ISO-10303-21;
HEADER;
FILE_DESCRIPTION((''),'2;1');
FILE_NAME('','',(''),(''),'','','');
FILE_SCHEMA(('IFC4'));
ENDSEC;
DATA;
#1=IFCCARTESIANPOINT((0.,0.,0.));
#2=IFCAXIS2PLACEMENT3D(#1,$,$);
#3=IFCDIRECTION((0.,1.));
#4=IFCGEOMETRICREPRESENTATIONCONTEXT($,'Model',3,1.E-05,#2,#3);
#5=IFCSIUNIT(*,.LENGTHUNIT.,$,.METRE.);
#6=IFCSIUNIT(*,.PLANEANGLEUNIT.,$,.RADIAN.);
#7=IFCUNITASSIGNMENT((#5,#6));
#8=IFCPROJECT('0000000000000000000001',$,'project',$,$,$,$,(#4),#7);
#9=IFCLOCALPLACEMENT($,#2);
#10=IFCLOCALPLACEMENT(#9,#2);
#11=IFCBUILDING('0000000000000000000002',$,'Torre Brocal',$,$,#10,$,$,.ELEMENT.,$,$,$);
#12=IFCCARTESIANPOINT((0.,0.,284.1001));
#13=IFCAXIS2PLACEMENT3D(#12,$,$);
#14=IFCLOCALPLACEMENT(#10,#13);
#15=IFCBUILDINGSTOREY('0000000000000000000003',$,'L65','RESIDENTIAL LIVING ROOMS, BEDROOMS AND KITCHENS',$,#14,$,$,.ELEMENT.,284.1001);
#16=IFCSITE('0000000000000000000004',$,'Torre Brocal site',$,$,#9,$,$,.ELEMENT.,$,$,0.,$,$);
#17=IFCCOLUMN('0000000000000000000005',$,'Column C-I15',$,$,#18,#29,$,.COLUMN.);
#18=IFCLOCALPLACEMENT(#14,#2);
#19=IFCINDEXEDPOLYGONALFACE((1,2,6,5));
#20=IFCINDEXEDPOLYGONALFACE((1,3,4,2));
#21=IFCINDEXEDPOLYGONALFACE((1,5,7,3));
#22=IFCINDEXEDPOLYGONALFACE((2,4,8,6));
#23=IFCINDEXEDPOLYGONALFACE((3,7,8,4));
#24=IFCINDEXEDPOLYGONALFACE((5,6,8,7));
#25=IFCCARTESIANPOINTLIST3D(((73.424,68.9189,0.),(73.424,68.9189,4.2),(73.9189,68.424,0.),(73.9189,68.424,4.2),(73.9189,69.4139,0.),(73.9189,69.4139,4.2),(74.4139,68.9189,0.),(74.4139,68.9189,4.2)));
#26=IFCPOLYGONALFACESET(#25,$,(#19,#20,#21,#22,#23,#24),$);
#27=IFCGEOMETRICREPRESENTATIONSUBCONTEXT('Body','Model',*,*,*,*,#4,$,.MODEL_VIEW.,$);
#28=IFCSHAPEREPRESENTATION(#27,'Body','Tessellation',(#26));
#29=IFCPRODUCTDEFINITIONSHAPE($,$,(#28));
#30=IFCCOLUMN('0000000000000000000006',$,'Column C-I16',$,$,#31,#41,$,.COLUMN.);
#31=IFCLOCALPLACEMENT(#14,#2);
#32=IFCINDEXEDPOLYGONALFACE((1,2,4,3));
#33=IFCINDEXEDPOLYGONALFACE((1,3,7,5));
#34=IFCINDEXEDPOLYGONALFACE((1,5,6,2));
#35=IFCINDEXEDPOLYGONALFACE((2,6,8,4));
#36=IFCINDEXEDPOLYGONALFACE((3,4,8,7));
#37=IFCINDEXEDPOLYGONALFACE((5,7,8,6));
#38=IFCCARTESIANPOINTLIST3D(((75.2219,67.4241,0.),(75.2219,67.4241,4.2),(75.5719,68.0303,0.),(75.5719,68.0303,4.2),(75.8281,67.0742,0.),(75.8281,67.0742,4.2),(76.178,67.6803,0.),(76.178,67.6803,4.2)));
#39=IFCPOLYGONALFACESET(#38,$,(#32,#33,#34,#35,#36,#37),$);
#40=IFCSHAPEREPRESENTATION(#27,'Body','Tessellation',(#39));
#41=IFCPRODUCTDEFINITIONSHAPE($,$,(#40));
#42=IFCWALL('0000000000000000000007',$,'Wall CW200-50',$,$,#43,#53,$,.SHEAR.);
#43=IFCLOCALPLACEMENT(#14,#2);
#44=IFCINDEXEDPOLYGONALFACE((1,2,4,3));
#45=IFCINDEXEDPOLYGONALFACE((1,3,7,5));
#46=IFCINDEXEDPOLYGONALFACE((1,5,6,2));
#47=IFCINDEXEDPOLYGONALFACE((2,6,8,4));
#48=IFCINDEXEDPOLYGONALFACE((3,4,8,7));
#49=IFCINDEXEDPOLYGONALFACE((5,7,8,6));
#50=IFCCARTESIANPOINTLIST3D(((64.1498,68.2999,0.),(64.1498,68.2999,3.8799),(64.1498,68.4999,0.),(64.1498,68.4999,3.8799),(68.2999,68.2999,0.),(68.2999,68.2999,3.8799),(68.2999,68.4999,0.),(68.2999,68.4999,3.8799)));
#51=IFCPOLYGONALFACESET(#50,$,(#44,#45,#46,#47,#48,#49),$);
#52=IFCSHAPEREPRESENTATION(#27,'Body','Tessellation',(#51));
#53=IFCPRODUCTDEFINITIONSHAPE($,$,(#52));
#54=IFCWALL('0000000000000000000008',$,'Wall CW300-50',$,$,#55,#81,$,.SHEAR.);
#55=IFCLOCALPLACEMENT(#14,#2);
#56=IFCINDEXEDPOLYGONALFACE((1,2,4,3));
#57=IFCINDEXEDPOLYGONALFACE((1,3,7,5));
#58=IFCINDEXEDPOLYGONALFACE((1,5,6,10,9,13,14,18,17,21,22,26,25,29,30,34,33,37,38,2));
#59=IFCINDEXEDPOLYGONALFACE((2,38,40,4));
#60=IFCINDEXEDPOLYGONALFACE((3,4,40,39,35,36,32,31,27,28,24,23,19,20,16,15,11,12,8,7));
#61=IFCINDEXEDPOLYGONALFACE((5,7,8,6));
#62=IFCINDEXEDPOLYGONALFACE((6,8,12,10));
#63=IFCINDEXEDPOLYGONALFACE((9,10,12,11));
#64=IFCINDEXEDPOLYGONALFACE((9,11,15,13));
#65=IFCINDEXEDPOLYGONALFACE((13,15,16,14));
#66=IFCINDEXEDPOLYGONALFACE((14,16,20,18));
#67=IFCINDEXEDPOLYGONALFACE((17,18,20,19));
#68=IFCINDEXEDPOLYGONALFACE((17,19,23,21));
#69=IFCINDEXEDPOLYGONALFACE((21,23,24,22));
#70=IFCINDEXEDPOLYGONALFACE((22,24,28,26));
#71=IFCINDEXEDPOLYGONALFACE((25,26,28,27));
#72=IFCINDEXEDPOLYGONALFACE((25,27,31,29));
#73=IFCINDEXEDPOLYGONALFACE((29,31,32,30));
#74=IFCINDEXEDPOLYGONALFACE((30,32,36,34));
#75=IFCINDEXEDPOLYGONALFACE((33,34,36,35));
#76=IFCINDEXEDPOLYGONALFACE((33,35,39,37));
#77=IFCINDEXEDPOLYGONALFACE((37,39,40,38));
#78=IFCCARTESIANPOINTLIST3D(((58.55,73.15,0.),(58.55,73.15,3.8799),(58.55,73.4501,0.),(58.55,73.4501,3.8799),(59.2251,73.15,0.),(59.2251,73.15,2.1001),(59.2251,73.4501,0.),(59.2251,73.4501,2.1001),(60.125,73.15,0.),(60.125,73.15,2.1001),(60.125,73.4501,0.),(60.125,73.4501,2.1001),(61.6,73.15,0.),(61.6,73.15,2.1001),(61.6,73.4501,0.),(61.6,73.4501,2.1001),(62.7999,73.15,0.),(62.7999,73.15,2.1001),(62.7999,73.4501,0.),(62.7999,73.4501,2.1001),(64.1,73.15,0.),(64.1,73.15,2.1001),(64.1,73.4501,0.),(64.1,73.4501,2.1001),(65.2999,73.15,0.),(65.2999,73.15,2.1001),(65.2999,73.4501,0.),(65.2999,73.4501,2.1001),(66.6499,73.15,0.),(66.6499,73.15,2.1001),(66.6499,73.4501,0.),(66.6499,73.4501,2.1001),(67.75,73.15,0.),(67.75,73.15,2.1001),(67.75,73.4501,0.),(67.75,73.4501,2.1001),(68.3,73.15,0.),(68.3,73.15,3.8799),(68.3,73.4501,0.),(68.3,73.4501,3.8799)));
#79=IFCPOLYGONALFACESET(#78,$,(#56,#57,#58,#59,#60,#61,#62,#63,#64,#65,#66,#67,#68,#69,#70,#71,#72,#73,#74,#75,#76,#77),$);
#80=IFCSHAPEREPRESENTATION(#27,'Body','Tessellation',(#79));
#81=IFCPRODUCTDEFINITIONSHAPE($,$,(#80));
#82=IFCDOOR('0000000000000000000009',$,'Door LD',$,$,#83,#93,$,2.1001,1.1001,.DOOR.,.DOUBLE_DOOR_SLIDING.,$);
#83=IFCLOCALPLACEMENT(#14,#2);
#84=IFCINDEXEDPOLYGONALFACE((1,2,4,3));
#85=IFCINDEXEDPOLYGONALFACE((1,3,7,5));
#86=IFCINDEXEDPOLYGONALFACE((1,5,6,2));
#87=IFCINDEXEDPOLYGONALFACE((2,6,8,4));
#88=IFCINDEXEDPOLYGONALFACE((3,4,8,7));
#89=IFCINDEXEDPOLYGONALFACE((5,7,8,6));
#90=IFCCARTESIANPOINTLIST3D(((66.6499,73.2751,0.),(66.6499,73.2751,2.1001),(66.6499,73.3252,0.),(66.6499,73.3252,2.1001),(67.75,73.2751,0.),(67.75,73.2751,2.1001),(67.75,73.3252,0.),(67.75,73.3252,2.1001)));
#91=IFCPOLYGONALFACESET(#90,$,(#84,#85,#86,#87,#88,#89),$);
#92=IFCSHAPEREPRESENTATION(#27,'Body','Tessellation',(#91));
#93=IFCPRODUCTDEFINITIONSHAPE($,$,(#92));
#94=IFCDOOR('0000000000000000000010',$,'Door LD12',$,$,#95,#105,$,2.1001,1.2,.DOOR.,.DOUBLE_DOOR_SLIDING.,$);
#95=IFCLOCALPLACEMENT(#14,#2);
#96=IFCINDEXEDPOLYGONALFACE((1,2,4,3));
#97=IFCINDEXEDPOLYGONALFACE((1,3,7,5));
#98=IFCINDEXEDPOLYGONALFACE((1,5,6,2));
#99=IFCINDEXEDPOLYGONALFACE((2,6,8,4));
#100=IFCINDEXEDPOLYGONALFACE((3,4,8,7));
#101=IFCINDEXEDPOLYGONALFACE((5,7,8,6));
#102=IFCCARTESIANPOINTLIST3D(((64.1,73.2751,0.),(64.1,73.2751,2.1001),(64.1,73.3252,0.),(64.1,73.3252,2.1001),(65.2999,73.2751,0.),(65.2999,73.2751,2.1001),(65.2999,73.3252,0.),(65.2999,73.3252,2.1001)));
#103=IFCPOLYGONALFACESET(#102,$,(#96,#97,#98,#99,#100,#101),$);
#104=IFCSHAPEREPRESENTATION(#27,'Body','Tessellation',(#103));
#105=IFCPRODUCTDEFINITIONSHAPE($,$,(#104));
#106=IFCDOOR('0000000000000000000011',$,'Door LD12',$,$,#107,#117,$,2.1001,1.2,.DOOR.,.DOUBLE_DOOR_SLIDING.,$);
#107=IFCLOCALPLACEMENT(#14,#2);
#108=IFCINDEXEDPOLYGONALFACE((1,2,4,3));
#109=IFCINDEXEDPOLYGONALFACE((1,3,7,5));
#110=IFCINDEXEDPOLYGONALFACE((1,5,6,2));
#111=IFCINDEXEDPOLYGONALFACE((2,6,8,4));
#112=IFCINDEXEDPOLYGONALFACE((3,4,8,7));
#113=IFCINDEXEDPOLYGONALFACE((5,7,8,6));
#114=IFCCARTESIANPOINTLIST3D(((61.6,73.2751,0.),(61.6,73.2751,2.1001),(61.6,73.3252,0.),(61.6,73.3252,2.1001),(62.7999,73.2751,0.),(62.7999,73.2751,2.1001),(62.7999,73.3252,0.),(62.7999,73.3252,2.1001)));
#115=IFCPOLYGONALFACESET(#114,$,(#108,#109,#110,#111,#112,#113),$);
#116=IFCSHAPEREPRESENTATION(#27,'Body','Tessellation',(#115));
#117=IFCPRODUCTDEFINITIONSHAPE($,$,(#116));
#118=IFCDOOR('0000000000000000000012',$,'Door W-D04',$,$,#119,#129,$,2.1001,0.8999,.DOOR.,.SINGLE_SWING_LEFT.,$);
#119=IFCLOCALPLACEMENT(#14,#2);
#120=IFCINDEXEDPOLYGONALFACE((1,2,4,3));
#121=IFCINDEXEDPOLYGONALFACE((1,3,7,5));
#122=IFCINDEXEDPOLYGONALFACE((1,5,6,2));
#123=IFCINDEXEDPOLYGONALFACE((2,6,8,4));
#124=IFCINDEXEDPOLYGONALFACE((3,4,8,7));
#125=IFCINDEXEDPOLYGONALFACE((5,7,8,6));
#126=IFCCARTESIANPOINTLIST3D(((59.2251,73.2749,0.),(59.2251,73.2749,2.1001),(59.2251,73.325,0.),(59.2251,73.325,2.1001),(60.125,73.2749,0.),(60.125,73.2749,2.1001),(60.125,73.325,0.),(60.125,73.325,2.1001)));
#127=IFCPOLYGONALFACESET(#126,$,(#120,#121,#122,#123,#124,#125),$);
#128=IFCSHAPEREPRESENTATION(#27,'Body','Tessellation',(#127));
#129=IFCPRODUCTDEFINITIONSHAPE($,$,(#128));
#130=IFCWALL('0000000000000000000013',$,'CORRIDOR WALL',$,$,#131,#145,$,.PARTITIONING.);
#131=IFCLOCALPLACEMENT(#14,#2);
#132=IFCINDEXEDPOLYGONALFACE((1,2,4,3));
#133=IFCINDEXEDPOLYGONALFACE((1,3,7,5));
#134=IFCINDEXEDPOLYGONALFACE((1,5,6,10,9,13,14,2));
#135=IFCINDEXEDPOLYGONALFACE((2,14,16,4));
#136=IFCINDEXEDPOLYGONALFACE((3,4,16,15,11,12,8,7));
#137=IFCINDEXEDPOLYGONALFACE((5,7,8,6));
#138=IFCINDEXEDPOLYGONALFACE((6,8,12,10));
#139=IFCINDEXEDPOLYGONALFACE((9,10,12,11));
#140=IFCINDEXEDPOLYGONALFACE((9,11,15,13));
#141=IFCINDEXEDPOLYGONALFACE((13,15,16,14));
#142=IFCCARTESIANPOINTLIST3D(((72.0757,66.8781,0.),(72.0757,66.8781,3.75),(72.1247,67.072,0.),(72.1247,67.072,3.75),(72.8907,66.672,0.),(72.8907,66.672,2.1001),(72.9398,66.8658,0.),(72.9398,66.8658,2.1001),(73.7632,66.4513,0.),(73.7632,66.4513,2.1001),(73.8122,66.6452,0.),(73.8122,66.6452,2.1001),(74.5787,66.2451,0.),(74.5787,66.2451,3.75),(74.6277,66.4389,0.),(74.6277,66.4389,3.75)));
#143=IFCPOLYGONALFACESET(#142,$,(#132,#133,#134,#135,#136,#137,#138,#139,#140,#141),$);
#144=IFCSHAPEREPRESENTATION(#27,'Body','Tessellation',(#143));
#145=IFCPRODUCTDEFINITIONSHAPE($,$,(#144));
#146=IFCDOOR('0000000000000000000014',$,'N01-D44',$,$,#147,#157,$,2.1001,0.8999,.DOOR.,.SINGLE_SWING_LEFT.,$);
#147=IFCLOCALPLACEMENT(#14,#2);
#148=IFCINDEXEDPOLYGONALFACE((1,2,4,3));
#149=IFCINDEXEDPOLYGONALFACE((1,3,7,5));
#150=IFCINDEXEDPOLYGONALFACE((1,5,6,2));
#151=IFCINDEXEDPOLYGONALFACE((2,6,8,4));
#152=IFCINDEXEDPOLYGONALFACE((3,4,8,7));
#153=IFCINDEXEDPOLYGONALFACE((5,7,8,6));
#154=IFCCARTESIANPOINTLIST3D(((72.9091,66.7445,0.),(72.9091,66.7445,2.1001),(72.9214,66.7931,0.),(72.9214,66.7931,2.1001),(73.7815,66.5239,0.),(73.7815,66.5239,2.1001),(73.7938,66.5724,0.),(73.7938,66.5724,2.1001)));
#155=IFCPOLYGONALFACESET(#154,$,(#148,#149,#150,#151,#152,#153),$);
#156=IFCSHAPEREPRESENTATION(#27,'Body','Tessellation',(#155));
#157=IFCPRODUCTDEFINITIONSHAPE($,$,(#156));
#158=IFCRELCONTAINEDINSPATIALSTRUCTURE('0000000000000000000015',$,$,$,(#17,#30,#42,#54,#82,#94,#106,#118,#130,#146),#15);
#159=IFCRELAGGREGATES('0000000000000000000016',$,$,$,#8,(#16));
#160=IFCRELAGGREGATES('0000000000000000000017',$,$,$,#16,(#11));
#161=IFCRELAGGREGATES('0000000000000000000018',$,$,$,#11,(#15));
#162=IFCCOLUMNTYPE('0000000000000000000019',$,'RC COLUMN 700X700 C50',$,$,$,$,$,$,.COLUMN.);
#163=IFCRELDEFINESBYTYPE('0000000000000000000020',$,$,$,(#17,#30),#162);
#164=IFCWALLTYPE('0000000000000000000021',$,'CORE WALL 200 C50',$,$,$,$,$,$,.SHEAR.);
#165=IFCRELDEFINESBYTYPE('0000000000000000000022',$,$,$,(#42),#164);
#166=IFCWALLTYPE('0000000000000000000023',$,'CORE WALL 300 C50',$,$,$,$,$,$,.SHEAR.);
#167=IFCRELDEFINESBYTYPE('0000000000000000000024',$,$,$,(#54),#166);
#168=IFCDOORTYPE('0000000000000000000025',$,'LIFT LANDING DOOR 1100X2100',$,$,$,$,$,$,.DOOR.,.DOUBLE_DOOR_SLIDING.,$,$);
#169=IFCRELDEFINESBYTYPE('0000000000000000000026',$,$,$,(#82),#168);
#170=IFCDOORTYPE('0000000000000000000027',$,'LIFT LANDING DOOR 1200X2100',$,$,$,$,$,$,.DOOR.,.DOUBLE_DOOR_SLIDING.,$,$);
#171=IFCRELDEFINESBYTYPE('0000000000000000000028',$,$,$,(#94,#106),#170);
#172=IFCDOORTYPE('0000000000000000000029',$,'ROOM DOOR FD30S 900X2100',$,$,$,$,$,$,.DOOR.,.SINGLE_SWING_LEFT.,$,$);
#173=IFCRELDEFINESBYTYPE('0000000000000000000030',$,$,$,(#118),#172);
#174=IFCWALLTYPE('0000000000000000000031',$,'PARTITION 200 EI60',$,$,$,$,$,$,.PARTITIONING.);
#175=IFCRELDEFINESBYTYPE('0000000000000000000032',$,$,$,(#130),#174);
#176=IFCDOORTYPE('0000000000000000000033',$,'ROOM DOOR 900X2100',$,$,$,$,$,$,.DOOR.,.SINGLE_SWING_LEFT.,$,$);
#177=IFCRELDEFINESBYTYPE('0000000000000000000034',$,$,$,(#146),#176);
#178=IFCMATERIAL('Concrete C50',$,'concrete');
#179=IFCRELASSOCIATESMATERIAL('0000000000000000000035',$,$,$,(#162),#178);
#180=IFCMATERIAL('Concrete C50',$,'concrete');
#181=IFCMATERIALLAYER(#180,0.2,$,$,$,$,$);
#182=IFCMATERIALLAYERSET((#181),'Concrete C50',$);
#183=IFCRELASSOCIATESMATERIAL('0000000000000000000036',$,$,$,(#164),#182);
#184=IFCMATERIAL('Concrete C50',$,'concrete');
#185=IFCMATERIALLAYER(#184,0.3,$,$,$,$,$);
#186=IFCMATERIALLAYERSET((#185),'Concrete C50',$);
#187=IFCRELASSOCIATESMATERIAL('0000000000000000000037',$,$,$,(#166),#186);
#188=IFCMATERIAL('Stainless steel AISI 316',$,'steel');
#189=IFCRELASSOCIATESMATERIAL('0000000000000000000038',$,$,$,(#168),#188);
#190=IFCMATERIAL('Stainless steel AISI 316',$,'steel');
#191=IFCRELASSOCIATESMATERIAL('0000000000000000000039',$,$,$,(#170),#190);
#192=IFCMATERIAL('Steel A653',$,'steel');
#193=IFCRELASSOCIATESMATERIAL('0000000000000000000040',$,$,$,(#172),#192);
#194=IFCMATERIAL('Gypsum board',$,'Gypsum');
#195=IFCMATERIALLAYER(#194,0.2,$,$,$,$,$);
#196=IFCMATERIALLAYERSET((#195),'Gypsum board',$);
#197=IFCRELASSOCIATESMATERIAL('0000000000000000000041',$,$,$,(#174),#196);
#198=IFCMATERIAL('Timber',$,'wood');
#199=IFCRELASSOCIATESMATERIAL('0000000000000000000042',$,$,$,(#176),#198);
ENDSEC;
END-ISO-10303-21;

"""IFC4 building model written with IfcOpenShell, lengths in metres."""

from ifc_helpers import new_model, si_unit, direction, frame, frame_2d, origin, origin_2d, place, context, subcontext, project, spatial, rectangle, extrude, material, layer, layer_set, material_profile, profile_set, type_object, element, fill, save


model = new_model("IFC4")

# Units and contexts
model_context = context("Model", 3, precision=1e-05, world=origin(), true_north=direction((0.0, 1.0)))
body_context = subcontext(model_context, "Body", "Model", "MODEL_VIEW")
ifc_project = project(units=[si_unit("LENGTHUNIT", "METRE"), si_unit("PLANEANGLEUNIT", "RADIAN")], contexts=[model_context])

# Site, building, storey
site_placement = place(None, origin())
site = spatial("IfcSite", under=ifc_project, at=site_placement, Name="Torre Brocal site", CompositionType="ELEMENT", RefElevation=0.0)
building_placement = place(site_placement, origin())
building = spatial("IfcBuilding", under=site, at=building_placement, Name="Torre Brocal", CompositionType="ELEMENT")
storey_placement = place(building_placement, frame((0.0, 0.0, 284.1001)))
storey = spatial("IfcBuildingStorey", under=building, at=storey_placement, Name="L65", Description="RESIDENTIAL LIVING ROOMS, BEDROOMS AND KITCHENS", CompositionType="ELEMENT", Elevation=284.1001)

# Columns
ifc_material_1 = material(Name="Concrete C50", Category="concrete")
ifc_material_profile = material_profile(ifc_material_1, rectangle(XDim=0.7, YDim=0.7, at=origin_2d()), Name="RC 700X700")
ifc_profile_set = profile_set([ifc_material_profile], Name="Concrete C50")
column_type = type_object("IfcColumnType", Name="RC COLUMN 700X700 C50", PredefinedType="COLUMN", material=ifc_profile_set)
for number, where, z_axis, x_axis, name in (
    (1, (73.9189, 68.9189, 0.0), (0.0, 0.0, 1.0), (-0.707107, -0.707107, 0.0), "Column C-I15"),
    (2, (75.7, 67.5522, 0.0), (0.0, 0.0, 1.0), (-0.5, -0.866025, 0.0), "Column C-I16"),
):
    element("IfcColumn", number, at=place(storey_placement, frame(where, z_axis=z_axis, x_axis=x_axis)), inside=storey, type_object=column_type, Name=name, PredefinedType="COLUMN", context=body_context, shape_type="SweptSolid", body=[
        extrude(rectangle(XDim=0.7, YDim=0.7, at=origin_2d()), origin(), (0.0, 0.0, 1.0), 4.2),
    ])

# Wall
ifc_material_2 = material(Name="Concrete C50", Category="concrete")
ifc_layer_1 = layer(ifc_material_2, 0.2)
ifc_layer_set_1 = layer_set([ifc_layer_1], Name="Concrete C50")
wall_type_1 = type_object("IfcWallType", Name="CORE WALL 200 C50", PredefinedType="SHEAR", material=ifc_layer_set_1)
wall_1_placement = place(storey_placement, frame((68.3, 68.3999, 0.0), z_axis=(0.0, 0.0, 1.0), x_axis=(-1.0, 0.0, 0.0)))
element("IfcWall", 3, at=wall_1_placement, inside=storey, type_object=wall_type_1, Name="Wall CW200-50", PredefinedType="SHEAR", context=body_context, shape_type="SweptSolid", body=[
    extrude(rectangle(XDim=4.1501, YDim=0.2, at=frame_2d((2.0752, 0.0))), origin(), (0.0, 0.0, 1.0), 3.8799),
])

# Wall, openings, doors
ifc_material_3 = material(Name="Concrete C50", Category="concrete")
ifc_layer_2 = layer(ifc_material_3, 0.3)
ifc_layer_set_2 = layer_set([ifc_layer_2], Name="Concrete C50")
wall_type_2 = type_object("IfcWallType", Name="CORE WALL 300 C50", PredefinedType="SHEAR", material=ifc_layer_set_2)
wall_2_placement = place(storey_placement, frame((68.3, 73.3, 0.0), z_axis=(0.0, 0.0, 1.0), x_axis=(-1.0, 0.0, 0.0)))
wall_2 = element("IfcWall", 4, at=wall_2_placement, inside=storey, type_object=wall_type_2, Name="Wall CW300-50", PredefinedType="SHEAR", context=body_context, shape_type="SweptSolid", body=[
    extrude(rectangle(XDim=9.75, YDim=0.3, at=frame_2d((4.875, 0.0))), origin(), (0.0, 0.0, 1.0), 3.8799),
])
opening_1_placement = place(wall_2_placement, frame((0.55, 0.0, 0.0)))
opening_1 = element("IfcOpeningElement", 5, at=opening_1_placement, cuts=wall_2, PredefinedType="OPENING", context=body_context, shape_type="SweptSolid", body=[
    extrude(rectangle(XDim=1.1001, YDim=2.1001, at=frame_2d((0.55, 1.05))), frame((0.0, 0.1599, 0.0), z_axis=(0.0, -1.0, 0.0), x_axis=(1.0, 0.0, 0.0)), (0.0, 0.0, 1.0), 0.3201),
])
opening_2_placement = place(wall_2_placement, frame((3.0, 0.0, 0.0)))
opening_2 = element("IfcOpeningElement", 6, at=opening_2_placement, cuts=wall_2, PredefinedType="OPENING", context=body_context, shape_type="SweptSolid", body=[
    extrude(rectangle(XDim=1.2, YDim=2.1001, at=frame_2d((0.6001, 1.05))), frame((0.0, 0.1599, 0.0), z_axis=(0.0, -1.0, 0.0), x_axis=(1.0, 0.0, 0.0)), (0.0, 0.0, 1.0), 0.3201),
])
opening_3_placement = place(wall_2_placement, frame((5.5, 0.0, 0.0)))
opening_3 = element("IfcOpeningElement", 7, at=opening_3_placement, cuts=wall_2, PredefinedType="OPENING", context=body_context, shape_type="SweptSolid", body=[
    extrude(rectangle(XDim=1.2, YDim=2.1001, at=frame_2d((0.6001, 1.05))), frame((0.0, 0.1599, 0.0), z_axis=(0.0, -1.0, 0.0), x_axis=(1.0, 0.0, 0.0)), (0.0, 0.0, 1.0), 0.3201),
])
opening_4_placement = place(wall_2_placement, frame((8.175, 0.0, 0.0)))
opening_4 = element("IfcOpeningElement", 8, at=opening_4_placement, cuts=wall_2, PredefinedType="OPENING", context=body_context, shape_type="SweptSolid", body=[
    extrude(rectangle(XDim=0.8999, YDim=2.1001, at=frame_2d((0.45, 1.05))), frame((0.0, 0.1599, 0.0), z_axis=(0.0, -1.0, 0.0), x_axis=(1.0, 0.0, 0.0)), (0.0, 0.0, 1.0), 0.3201),
])
ifc_material_4 = material(Name="Stainless steel AISI 316", Category="steel")
door_type_1 = type_object("IfcDoorType", Name="LIFT LANDING DOOR 1100X2100", OperationType="DOUBLE_DOOR_SLIDING", PredefinedType="DOOR", material=ifc_material_4)
door_1_placement = place(opening_1_placement, origin())
door_1 = element("IfcDoor", 9, at=door_1_placement, inside=storey, type_object=door_type_1, Name="Door LD", OperationType="DOUBLE_DOOR_SLIDING", OverallHeight=2.1001, OverallWidth=1.1001, PredefinedType="DOOR", context=body_context, shape_type="SweptSolid", body=[
    extrude(rectangle(XDim=1.1001, YDim=2.1001, at=frame_2d((0.55, 1.05))), frame((0.0, 0.0249, 0.0), z_axis=(0.0, -1.0, 0.0), x_axis=(1.0, 0.0, 0.0)), (0.0, 0.0, 1.0), 0.05),
])
fill(opening_1, door_1)
ifc_material_5 = material(Name="Stainless steel AISI 316", Category="steel")
door_type_2 = type_object("IfcDoorType", Name="LIFT LANDING DOOR 1200X2100", OperationType="DOUBLE_DOOR_SLIDING", PredefinedType="DOOR", material=ifc_material_5)
door_2_placement = place(opening_2_placement, origin())
door_2 = element("IfcDoor", 10, at=door_2_placement, inside=storey, type_object=door_type_2, Name="Door LD12", OperationType="DOUBLE_DOOR_SLIDING", OverallHeight=2.1001, OverallWidth=1.2, PredefinedType="DOOR", context=body_context, shape_type="SweptSolid", body=[
    extrude(rectangle(XDim=1.2, YDim=2.1001, at=frame_2d((0.6001, 1.05))), frame((0.0, 0.0249, 0.0), z_axis=(0.0, -1.0, 0.0), x_axis=(1.0, 0.0, 0.0)), (0.0, 0.0, 1.0), 0.05),
])
fill(opening_2, door_2)
door_3_placement = place(opening_3_placement, origin())
door_3 = element("IfcDoor", 11, at=door_3_placement, inside=storey, type_object=door_type_2, Name="Door LD12", OperationType="DOUBLE_DOOR_SLIDING", OverallHeight=2.1001, OverallWidth=1.2, PredefinedType="DOOR", context=body_context, shape_type="SweptSolid", body=[
    extrude(rectangle(XDim=1.2, YDim=2.1001, at=frame_2d((0.6001, 1.05))), frame((0.0, 0.0249, 0.0), z_axis=(0.0, -1.0, 0.0), x_axis=(1.0, 0.0, 0.0)), (0.0, 0.0, 1.0), 0.05),
])
fill(opening_3, door_3)
ifc_material_6 = material(Name="Steel A653", Category="steel")
door_type_3 = type_object("IfcDoorType", Name="ROOM DOOR FD30S 900X2100", OperationType="SINGLE_SWING_LEFT", PredefinedType="DOOR", material=ifc_material_6)
door_4_placement = place(opening_4_placement, frame((0.8999, 0.0, 0.0), z_axis=(0.0, 0.0, 1.0), x_axis=(-1.0, 0.0, 0.0)))
door_4 = element("IfcDoor", 12, at=door_4_placement, inside=storey, type_object=door_type_3, Name="Door W-D04", OperationType="SINGLE_SWING_LEFT", OverallHeight=2.1001, OverallWidth=0.8999, PredefinedType="DOOR", context=body_context, shape_type="SweptSolid", body=[
    extrude(rectangle(XDim=0.8999, YDim=2.1001, at=frame_2d((0.45, 1.05))), frame((0.0, 0.0249, 0.0), z_axis=(0.0, -1.0, 0.0), x_axis=(1.0, 0.0, 0.0)), (0.0, 0.0, 1.0), 0.05),
])
fill(opening_4, door_4)

# Wall, opening, door
ifc_material_7 = material(Name="Gypsum board", Category="Gypsum")
ifc_layer_3 = layer(ifc_material_7, 0.2)
ifc_layer_set_3 = layer_set([ifc_layer_3], Name="Gypsum board")
wall_type_3 = type_object("IfcWallType", Name="PARTITION 200 EI60", PredefinedType="PARTITIONING", material=ifc_layer_set_3)
wall_3_placement = place(storey_placement, frame((72.1001, 66.9751, 0.0), z_axis=(0.0, 0.0, 1.0), x_axis=(0.969471, -0.245205, 0.0)))
wall_3 = element("IfcWall", 13, at=wall_3_placement, inside=storey, type_object=wall_type_3, Name="CORRIDOR WALL", PredefinedType="PARTITIONING", context=body_context, shape_type="SweptSolid", body=[
    extrude(rectangle(XDim=2.5818, YDim=0.2, at=frame_2d((1.291, 0.0))), origin(), (0.0, 0.0, 1.0), 3.75),
])
opening_5_placement = place(wall_3_placement, frame((0.8408, 0.0, 0.0)))
opening_5 = element("IfcOpeningElement", 14, at=opening_5_placement, cuts=wall_3, PredefinedType="OPENING", context=body_context, shape_type="SweptSolid", body=[
    extrude(rectangle(XDim=0.8999, YDim=2.1001, at=frame_2d((0.45, 1.05))), frame((0.0, 0.1099, 0.0), z_axis=(0.0, -1.0, 0.0), x_axis=(1.0, 0.0, 0.0)), (0.0, 0.0, 1.0), 0.22),
])
ifc_material_8 = material(Name="Timber", Category="wood")
door_type_4 = type_object("IfcDoorType", Name="ROOM DOOR 900X2100", OperationType="SINGLE_SWING_LEFT", PredefinedType="DOOR", material=ifc_material_8)
door_5_placement = place(opening_5_placement, origin())
door_5 = element("IfcDoor", 15, at=door_5_placement, inside=storey, type_object=door_type_4, Name="N01-D44", OperationType="SINGLE_SWING_LEFT", OverallHeight=2.1001, OverallWidth=0.8999, PredefinedType="DOOR", context=body_context, shape_type="SweptSolid", body=[
    extrude(rectangle(XDim=0.8999, YDim=2.1001, at=frame_2d((0.45, 1.05))), frame((0.0, 0.0249, 0.0), z_axis=(0.0, -1.0, 0.0), x_axis=(1.0, 0.0, 0.0)), (0.0, 0.0, 1.0), 0.05),
])
fill(opening_5, door_5)

save(model, "model.ifc")
